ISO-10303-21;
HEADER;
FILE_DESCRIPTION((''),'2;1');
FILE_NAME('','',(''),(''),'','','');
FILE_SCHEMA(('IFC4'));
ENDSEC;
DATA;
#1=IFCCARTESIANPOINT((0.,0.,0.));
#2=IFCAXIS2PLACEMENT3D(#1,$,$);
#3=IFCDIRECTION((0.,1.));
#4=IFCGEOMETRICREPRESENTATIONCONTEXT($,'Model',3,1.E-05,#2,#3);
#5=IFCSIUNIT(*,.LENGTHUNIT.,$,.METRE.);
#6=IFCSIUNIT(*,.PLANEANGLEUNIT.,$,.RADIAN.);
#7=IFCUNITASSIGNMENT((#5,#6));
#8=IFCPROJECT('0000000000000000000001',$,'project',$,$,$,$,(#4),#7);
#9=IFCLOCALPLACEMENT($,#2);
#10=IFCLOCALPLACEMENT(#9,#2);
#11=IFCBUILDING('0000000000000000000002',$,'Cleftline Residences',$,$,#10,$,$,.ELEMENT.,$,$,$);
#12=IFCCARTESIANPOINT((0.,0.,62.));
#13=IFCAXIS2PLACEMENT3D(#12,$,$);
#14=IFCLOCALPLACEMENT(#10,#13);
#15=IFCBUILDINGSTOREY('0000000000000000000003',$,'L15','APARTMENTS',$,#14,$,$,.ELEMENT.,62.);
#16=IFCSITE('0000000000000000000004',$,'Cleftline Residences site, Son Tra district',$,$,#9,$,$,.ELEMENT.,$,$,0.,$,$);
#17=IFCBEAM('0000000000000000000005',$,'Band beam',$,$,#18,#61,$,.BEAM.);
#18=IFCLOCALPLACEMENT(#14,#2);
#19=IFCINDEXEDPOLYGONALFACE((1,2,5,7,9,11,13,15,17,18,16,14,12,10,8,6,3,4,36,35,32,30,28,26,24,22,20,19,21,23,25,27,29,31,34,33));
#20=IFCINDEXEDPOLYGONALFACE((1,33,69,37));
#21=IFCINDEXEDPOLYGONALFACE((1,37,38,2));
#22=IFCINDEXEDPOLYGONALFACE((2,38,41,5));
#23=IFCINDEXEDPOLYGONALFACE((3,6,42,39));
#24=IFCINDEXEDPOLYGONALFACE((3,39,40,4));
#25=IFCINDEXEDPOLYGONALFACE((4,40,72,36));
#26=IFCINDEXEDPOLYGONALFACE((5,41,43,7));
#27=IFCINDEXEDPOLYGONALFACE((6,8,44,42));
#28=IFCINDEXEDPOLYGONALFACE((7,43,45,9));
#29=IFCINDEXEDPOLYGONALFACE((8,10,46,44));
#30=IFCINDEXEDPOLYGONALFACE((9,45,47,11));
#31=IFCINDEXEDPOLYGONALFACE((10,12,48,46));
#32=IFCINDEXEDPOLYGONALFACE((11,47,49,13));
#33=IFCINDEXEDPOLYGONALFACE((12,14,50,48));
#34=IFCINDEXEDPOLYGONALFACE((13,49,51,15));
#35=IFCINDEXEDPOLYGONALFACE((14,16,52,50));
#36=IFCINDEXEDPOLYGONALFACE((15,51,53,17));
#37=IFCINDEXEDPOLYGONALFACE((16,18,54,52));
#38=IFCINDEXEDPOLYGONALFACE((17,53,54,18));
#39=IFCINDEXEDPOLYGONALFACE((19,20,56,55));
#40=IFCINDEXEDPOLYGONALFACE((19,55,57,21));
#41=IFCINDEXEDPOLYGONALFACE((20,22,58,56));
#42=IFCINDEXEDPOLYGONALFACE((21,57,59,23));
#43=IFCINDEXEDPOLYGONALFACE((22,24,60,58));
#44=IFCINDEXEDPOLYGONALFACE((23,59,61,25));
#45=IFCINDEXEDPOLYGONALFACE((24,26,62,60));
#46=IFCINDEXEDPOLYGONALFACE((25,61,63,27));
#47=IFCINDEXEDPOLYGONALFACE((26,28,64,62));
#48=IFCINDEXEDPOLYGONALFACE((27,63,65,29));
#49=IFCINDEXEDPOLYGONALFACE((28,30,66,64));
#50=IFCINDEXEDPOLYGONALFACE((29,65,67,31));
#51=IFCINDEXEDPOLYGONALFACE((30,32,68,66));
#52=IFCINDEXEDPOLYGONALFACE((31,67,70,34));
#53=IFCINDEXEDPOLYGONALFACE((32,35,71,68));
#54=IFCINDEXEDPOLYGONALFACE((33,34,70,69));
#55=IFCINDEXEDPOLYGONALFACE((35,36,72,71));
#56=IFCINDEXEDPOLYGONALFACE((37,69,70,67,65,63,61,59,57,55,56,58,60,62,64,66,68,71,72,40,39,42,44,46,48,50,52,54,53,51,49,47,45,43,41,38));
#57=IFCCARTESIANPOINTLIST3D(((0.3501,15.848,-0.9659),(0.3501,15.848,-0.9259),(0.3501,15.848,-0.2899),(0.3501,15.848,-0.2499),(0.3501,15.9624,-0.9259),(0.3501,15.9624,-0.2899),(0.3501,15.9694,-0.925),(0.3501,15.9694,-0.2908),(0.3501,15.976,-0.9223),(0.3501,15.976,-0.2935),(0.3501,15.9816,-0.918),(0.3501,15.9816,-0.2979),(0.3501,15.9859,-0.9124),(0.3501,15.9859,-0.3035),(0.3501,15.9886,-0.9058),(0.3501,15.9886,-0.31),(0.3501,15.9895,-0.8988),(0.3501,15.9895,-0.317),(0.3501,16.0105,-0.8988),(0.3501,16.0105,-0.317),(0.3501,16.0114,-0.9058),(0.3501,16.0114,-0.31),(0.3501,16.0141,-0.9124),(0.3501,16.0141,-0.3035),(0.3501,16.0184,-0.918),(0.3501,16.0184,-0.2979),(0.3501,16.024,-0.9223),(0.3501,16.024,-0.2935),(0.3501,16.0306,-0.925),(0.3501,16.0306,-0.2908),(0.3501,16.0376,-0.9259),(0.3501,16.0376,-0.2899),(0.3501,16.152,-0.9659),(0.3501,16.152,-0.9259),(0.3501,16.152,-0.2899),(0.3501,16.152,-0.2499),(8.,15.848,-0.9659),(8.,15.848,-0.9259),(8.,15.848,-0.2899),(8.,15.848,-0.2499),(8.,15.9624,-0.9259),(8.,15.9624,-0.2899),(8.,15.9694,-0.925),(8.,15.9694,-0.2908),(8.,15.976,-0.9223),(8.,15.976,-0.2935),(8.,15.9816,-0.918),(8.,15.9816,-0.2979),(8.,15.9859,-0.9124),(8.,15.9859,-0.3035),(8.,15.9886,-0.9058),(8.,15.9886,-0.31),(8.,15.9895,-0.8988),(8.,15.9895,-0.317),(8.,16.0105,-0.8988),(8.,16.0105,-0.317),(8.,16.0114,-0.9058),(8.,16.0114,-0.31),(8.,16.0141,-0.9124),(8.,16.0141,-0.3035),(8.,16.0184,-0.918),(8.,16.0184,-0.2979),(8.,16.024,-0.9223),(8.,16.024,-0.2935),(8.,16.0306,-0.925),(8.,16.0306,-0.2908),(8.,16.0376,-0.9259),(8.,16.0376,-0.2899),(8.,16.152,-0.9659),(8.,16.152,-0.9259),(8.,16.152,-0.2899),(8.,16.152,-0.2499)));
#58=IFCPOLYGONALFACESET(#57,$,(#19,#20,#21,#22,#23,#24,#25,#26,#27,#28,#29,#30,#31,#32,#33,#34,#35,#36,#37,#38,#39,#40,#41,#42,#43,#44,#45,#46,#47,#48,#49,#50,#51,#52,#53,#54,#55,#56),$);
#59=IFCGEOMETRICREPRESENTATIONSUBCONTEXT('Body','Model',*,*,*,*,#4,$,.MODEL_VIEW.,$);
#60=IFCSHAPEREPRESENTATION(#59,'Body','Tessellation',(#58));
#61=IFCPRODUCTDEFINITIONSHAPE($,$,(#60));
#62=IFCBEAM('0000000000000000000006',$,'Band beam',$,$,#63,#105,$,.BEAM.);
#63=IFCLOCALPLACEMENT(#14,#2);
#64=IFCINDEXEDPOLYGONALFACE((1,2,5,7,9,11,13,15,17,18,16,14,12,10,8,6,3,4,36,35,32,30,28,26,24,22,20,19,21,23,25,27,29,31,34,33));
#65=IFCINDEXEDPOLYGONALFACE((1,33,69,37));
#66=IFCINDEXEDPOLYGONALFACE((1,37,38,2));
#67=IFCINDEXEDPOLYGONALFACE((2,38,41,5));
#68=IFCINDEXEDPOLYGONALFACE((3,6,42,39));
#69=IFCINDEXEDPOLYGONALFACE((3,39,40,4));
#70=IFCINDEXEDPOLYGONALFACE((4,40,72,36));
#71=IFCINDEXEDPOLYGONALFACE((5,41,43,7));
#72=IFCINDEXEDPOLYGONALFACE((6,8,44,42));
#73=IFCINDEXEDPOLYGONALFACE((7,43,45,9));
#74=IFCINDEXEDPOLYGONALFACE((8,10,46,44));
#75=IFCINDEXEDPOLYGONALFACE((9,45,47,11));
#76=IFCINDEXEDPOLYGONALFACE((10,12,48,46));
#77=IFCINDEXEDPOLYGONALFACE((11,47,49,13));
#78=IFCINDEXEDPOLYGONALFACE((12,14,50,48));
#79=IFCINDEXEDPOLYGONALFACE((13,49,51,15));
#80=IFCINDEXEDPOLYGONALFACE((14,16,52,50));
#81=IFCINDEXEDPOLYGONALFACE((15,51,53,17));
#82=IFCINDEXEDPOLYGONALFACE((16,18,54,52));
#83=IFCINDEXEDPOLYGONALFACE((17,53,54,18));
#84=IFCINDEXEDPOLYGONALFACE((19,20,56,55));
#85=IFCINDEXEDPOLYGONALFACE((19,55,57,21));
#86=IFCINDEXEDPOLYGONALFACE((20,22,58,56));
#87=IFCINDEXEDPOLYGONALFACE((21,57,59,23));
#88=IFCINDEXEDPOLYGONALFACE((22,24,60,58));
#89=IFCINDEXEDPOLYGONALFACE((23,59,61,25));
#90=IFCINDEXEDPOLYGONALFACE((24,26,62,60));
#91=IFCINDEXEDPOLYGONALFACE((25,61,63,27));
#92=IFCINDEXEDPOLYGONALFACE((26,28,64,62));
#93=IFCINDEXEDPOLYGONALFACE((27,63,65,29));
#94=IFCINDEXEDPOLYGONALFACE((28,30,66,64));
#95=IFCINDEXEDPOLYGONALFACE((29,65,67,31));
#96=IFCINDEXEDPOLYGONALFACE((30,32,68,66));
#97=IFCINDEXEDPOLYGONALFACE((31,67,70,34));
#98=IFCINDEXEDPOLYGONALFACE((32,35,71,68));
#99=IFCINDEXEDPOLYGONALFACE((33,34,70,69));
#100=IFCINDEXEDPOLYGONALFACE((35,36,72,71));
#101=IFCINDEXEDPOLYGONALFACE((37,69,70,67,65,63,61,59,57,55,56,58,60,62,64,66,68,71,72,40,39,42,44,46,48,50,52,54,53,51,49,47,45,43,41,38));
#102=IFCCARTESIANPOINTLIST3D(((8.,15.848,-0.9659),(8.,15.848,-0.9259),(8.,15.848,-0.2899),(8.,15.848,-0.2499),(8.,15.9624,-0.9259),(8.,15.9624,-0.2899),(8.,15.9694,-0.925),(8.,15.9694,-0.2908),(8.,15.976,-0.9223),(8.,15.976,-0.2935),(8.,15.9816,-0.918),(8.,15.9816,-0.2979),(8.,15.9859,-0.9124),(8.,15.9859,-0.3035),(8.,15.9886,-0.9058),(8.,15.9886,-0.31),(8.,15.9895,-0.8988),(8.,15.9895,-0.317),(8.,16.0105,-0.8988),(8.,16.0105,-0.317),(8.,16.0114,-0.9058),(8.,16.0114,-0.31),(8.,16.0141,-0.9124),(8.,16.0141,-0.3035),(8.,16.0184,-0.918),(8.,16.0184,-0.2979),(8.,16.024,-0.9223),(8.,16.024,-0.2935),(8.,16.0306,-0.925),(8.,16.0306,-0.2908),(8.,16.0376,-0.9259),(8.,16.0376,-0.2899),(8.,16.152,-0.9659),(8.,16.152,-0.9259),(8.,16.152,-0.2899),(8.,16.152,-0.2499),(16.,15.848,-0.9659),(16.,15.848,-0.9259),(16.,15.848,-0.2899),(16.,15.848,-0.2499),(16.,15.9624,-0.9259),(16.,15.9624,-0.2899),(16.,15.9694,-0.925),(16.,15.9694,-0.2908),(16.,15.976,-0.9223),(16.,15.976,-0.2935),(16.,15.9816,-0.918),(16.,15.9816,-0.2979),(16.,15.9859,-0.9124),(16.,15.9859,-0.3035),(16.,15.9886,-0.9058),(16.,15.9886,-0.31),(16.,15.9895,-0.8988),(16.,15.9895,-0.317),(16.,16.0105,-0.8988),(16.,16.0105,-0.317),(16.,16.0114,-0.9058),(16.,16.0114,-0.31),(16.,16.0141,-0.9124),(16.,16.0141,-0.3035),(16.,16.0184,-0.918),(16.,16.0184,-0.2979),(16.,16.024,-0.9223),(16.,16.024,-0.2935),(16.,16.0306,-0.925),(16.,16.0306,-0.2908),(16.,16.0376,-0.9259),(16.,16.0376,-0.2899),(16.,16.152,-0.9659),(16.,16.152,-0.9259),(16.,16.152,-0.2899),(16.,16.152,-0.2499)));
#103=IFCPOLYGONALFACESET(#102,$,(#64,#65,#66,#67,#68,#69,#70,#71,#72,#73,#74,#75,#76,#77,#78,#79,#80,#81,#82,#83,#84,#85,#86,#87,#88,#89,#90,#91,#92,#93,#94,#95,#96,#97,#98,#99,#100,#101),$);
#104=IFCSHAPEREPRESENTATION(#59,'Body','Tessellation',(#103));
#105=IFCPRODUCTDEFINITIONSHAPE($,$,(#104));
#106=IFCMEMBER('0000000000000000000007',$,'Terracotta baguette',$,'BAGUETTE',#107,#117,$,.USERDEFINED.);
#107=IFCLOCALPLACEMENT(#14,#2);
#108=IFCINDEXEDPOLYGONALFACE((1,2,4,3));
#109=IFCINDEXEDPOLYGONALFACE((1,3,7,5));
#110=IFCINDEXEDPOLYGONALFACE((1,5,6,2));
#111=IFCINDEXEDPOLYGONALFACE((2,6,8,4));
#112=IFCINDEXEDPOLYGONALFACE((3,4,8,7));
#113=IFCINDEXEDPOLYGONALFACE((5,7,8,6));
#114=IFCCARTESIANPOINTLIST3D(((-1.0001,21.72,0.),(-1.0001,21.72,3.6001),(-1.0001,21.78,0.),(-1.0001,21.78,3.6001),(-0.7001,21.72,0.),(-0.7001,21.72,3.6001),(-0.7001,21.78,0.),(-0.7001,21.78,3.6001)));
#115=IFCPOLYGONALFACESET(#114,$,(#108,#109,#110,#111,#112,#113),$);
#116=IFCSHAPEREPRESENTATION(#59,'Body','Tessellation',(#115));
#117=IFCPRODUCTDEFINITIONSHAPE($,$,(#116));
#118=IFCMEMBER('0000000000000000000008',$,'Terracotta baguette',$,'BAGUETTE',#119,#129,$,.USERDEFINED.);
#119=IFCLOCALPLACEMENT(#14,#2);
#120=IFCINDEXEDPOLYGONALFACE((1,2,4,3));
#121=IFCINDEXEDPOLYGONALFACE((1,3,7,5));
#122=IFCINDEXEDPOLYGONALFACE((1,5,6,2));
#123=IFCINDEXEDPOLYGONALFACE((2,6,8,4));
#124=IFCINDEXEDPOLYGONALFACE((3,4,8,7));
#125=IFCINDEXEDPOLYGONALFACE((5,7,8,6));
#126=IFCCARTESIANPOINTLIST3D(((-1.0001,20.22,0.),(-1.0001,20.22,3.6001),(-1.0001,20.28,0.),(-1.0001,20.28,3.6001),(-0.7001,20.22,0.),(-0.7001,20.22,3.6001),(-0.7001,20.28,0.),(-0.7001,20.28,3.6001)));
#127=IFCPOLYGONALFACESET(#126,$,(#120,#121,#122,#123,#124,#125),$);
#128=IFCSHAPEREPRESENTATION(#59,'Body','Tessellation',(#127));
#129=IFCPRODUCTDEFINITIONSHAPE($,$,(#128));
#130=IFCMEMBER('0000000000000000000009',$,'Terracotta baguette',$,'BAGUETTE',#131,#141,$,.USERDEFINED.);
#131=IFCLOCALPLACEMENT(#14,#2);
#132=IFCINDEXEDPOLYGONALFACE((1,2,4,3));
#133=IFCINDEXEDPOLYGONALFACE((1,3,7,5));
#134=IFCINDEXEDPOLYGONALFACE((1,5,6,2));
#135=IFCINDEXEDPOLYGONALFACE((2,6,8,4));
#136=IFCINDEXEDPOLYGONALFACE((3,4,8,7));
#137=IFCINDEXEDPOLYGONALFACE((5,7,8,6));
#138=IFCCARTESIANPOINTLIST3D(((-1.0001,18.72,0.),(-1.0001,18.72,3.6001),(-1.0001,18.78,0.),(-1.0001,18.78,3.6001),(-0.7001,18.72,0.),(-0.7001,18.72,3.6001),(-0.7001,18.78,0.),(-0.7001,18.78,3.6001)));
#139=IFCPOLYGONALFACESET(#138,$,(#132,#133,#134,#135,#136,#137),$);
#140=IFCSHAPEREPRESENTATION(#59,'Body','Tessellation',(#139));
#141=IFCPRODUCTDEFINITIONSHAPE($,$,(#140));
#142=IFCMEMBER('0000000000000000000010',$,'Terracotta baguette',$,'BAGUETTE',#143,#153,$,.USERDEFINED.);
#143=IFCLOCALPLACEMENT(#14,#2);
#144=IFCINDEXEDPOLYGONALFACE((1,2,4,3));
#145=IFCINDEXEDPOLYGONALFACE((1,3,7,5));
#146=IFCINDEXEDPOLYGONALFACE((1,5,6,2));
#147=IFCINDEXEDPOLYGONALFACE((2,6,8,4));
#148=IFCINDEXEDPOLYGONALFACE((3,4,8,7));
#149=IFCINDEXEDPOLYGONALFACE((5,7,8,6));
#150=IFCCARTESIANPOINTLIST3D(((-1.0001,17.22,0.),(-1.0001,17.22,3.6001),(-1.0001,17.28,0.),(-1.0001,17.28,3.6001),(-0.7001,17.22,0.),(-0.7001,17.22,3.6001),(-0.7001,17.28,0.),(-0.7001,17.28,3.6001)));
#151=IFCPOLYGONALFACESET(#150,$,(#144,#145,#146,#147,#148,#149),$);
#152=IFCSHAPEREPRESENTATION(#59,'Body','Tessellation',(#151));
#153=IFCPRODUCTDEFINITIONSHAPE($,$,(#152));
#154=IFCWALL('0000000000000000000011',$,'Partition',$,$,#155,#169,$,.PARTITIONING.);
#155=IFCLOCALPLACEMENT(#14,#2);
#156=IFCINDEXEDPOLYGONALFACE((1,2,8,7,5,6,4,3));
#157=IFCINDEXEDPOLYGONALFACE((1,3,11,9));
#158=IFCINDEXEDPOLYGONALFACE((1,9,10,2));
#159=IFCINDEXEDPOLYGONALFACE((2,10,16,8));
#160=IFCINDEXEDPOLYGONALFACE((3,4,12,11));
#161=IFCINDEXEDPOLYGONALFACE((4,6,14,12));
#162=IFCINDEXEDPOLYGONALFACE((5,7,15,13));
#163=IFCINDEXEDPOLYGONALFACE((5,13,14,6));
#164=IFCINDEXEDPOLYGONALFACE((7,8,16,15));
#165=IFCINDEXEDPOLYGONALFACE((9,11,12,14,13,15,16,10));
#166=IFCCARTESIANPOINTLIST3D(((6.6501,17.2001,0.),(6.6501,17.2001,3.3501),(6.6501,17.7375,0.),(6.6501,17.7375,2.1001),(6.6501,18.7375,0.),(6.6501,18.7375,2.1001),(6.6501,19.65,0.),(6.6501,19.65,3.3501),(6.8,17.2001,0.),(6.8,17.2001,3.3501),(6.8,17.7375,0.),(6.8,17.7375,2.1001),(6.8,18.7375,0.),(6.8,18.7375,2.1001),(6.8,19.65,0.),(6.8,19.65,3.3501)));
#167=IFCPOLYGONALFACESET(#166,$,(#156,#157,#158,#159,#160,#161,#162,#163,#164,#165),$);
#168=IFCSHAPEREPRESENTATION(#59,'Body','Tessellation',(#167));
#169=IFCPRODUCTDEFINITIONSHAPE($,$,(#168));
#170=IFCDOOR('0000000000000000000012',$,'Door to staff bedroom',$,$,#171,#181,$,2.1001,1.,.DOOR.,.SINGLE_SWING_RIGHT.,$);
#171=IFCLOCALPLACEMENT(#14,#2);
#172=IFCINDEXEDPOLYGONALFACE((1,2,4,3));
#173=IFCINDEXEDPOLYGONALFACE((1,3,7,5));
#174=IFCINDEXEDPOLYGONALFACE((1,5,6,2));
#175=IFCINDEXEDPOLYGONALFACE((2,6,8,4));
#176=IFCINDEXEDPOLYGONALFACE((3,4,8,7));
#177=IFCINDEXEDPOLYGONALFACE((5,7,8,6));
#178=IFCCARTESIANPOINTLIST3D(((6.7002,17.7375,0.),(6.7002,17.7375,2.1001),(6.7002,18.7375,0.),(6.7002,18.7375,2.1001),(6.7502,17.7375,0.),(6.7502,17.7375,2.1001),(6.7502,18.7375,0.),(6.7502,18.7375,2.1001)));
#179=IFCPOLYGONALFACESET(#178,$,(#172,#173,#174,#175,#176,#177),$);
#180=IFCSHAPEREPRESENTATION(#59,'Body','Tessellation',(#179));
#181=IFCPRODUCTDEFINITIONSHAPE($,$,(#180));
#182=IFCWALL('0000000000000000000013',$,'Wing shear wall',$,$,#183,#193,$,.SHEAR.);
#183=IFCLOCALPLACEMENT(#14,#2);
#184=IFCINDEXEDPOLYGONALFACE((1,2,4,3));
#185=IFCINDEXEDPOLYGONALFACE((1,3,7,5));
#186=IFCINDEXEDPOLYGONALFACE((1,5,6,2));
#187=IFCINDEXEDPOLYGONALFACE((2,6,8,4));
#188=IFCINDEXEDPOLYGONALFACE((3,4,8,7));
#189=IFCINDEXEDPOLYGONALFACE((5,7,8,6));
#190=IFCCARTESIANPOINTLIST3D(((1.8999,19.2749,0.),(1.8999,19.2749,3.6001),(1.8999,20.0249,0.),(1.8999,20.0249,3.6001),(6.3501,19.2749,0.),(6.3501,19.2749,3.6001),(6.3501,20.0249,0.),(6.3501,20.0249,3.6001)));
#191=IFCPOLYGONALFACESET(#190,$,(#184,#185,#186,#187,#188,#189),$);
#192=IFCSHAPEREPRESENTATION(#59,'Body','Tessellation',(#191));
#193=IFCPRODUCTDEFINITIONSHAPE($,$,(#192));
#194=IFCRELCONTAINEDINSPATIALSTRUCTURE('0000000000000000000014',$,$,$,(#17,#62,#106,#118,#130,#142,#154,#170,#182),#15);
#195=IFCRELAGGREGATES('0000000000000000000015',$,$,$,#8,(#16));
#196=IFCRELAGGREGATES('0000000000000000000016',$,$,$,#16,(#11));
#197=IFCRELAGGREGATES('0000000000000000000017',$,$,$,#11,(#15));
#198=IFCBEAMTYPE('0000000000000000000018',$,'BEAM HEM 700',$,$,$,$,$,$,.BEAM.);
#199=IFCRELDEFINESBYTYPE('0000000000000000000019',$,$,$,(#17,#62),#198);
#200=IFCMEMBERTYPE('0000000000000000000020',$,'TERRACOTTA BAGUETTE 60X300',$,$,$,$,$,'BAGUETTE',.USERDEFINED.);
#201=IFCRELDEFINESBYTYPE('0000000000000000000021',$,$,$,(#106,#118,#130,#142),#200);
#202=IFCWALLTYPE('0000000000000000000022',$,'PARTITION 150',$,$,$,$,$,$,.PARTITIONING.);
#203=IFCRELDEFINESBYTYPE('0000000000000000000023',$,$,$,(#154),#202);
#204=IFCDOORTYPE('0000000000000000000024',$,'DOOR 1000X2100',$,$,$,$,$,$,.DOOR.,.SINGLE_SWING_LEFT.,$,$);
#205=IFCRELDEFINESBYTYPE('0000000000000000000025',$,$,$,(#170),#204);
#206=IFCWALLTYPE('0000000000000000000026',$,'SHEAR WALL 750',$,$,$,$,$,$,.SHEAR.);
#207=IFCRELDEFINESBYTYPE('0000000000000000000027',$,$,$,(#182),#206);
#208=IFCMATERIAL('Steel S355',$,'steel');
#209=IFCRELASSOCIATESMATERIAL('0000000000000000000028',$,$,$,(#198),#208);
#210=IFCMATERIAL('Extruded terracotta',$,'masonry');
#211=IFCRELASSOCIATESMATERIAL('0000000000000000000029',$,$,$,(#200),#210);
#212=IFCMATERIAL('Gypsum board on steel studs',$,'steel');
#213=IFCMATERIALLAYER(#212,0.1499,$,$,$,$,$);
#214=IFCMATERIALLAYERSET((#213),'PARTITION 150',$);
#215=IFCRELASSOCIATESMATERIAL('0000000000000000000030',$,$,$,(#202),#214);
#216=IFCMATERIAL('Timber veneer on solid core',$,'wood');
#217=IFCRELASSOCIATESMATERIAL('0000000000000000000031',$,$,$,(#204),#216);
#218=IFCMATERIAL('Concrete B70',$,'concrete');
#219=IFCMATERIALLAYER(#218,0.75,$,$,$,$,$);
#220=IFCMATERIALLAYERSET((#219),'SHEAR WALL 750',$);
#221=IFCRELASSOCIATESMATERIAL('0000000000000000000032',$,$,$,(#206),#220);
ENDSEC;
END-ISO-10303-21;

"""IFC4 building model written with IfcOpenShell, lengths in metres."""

from ifc_helpers import new_model, si_unit, direction, frame, frame_2d, origin, origin_2d, place, context, subcontext, project, spatial, rectangle, i_section, extrude, material, layer, layer_set, material_profile, profile_set, type_object, element, fill, save


model = new_model("IFC4")

# Units and contexts
model_context = context("Model", 3, precision=1e-05, world=origin(), true_north=direction((0.0, 1.0)))
body_context = subcontext(model_context, "Body", "Model", "MODEL_VIEW")
ifc_project = project(units=[si_unit("LENGTHUNIT", "METRE"), si_unit("PLANEANGLEUNIT", "RADIAN")], contexts=[model_context])

# Site, building, storey
site_placement = place(None, origin())
site = spatial("IfcSite", under=ifc_project, at=site_placement, Name="Cleftline Residences site, Son Tra district", CompositionType="ELEMENT", RefElevation=0.0)
building_placement = place(site_placement, origin())
building = spatial("IfcBuilding", under=site, at=building_placement, Name="Cleftline Residences", CompositionType="ELEMENT")
storey_placement = place(building_placement, frame((0.0, 0.0, 62.0)))
storey = spatial("IfcBuildingStorey", under=building, at=storey_placement, Name="L15", Description="APARTMENTS", CompositionType="ELEMENT", Elevation=62.0)

# Beams
ifc_material_1 = material(Name="Steel S355", Category="steel")
ifc_material_profile_1 = material_profile(ifc_material_1, i_section(OverallWidth=0.304, OverallDepth=0.7161, WebThickness=0.021, FlangeThickness=0.04, FilletRadius=0.0271, at=origin_2d()))
ifc_profile_set_1 = profile_set([ifc_material_profile_1], Name="Steel S355")
beam_type_1 = type_object("IfcBeamType", Name="BEAM HEM 700", PredefinedType="BEAM", material=ifc_profile_set_1)
beam_1_placement = place(storey_placement, frame((0.3501, 16.0, -0.6079), z_axis=(1.0, 0.0, 0.0), x_axis=(0.0, 1.0, 0.0)))
element("IfcBeam", 1, at=beam_1_placement, inside=storey, type_object=beam_type_1, Name="Band beam", PredefinedType="BEAM", context=body_context, shape_type="SweptSolid", body=[
    extrude(i_section(OverallWidth=0.304, OverallDepth=0.7161, WebThickness=0.021, FlangeThickness=0.04, FilletRadius=0.0271, at=origin_2d()), origin(), (0.0, 0.0, 1.0), 7.6499),
])
beam_2_placement = place(storey_placement, frame((8.0, 16.0, -0.6079), z_axis=(1.0, 0.0, 0.0), x_axis=(0.0, 1.0, 0.0)))
element("IfcBeam", 2, at=beam_2_placement, inside=storey, type_object=beam_type_1, Name="Band beam", PredefinedType="BEAM", context=body_context, shape_type="SweptSolid", body=[
    extrude(i_section(OverallWidth=0.304, OverallDepth=0.7161, WebThickness=0.021, FlangeThickness=0.04, FilletRadius=0.0271, at=origin_2d()), origin(), (0.0, 0.0, 1.0), 8.0),
])

# Members
ifc_material_2 = material(Name="Extruded terracotta", Category="masonry")
ifc_material_profile_2 = material_profile(ifc_material_2, rectangle(XDim=0.0601, YDim=0.3, at=origin_2d()))
ifc_profile_set_2 = profile_set([ifc_material_profile_2], Name="Extruded terracotta")
member_type_1 = type_object("IfcMemberType", Name="TERRACOTTA BAGUETTE 60X300", ElementType="BAGUETTE", PredefinedType="USERDEFINED", material=ifc_profile_set_2)
for number, where, z_axis, x_axis, name in (
    (3, (-0.8501, 21.75, 0.0), (0.0, 0.0, 1.0), (0.0, 1.0, 0.0), "Terracotta baguette"),
    (4, (-0.8501, 20.25, 0.0), (0.0, 0.0, 1.0), (0.0, 1.0, 0.0), "Terracotta baguette"),
    (5, (-0.8501, 18.75, 0.0), (0.0, 0.0, 1.0), (0.0, 1.0, 0.0), "Terracotta baguette"),
    (6, (-0.8501, 17.25, 0.0), (0.0, 0.0, 1.0), (0.0, 1.0, 0.0), "Terracotta baguette"),
):
    element("IfcMember", number, at=place(storey_placement, frame(where, z_axis=z_axis, x_axis=x_axis)), inside=storey, type_object=member_type_1, Name=name, ObjectType="BAGUETTE", PredefinedType="USERDEFINED", context=body_context, shape_type="SweptSolid", body=[
        extrude(rectangle(XDim=0.0601, YDim=0.3, at=origin_2d()), origin(), (0.0, 0.0, 1.0), 3.6001),
    ])

# Wall, opening, door
ifc_material_3 = material(Name="Gypsum board on steel studs", Category="steel")
ifc_layer_1 = layer(ifc_material_3, 0.1499)
ifc_layer_set_1 = layer_set([ifc_layer_1], Name="PARTITION 150")
wall_type_1 = type_object("IfcWallType", Name="PARTITION 150", PredefinedType="PARTITIONING", material=ifc_layer_set_1)
wall_1_placement = place(storey_placement, frame((6.7251, 17.2, 0.0), z_axis=(0.0, 0.0, 1.0), x_axis=(0.0, 1.0, 0.0)))
wall_1 = element("IfcWall", 7, at=wall_1_placement, inside=storey, type_object=wall_type_1, Name="Partition", PredefinedType="PARTITIONING", context=body_context, shape_type="SweptSolid", body=[
    extrude(rectangle(XDim=2.45, YDim=0.1499, at=frame_2d((1.2251, 0.0))), origin(), (0.0, 0.0, 1.0), 3.3501),
])
opening_1_placement = place(wall_1_placement, frame((0.5376, 0.0, 0.0)))
opening_1 = element("IfcOpeningElement", 8, at=opening_1_placement, cuts=wall_1, PredefinedType="OPENING", context=body_context, shape_type="SweptSolid", body=[
    extrude(rectangle(XDim=1.0, YDim=2.1001, at=frame_2d((0.5, 1.05))), frame((0.0, 0.085, 0.0), z_axis=(0.0, -1.0, 0.0), x_axis=(1.0, 0.0, 0.0)), (0.0, 0.0, 1.0), 0.1699),
])
ifc_material_4 = material(Name="Timber veneer on solid core", Category="wood")
door_type_1 = type_object("IfcDoorType", Name="DOOR 1000X2100", OperationType="SINGLE_SWING_LEFT", PredefinedType="DOOR", material=ifc_material_4)
door_1_placement = place(opening_1_placement, origin())
door_1 = element("IfcDoor", 9, at=door_1_placement, inside=storey, type_object=door_type_1, Name="Door to staff bedroom", OperationType="SINGLE_SWING_RIGHT", OverallHeight=2.1001, OverallWidth=1.0, PredefinedType="DOOR", context=body_context, shape_type="SweptSolid", body=[
    extrude(rectangle(XDim=1.0, YDim=2.1001, at=frame_2d((0.5, 1.05))), frame((0.0, 0.0249, 0.0), z_axis=(0.0, -1.0, 0.0), x_axis=(1.0, 0.0, 0.0)), (0.0, 0.0, 1.0), 0.05),
])
fill(opening_1, door_1)

# Wall
ifc_material_5 = material(Name="Concrete B70", Category="concrete")
ifc_layer_2 = layer(ifc_material_5, 0.75)
ifc_layer_set_2 = layer_set([ifc_layer_2], Name="SHEAR WALL 750")
wall_type_2 = type_object("IfcWallType", Name="SHEAR WALL 750", PredefinedType="SHEAR", material=ifc_layer_set_2)
wall_2_placement = place(storey_placement, frame((1.8999, 19.6499, 0.0), z_axis=(0.0, 0.0, 1.0), x_axis=(1.0, 0.0, 0.0)))
element("IfcWall", 10, at=wall_2_placement, inside=storey, type_object=wall_type_2, Name="Wing shear wall", PredefinedType="SHEAR", context=body_context, shape_type="SweptSolid", body=[
    extrude(rectangle(XDim=4.4502, YDim=0.75, at=frame_2d((2.2251, 0.0))), origin(), (0.0, 0.0, 1.0), 3.6001),
])

save(model, "model.ifc")
